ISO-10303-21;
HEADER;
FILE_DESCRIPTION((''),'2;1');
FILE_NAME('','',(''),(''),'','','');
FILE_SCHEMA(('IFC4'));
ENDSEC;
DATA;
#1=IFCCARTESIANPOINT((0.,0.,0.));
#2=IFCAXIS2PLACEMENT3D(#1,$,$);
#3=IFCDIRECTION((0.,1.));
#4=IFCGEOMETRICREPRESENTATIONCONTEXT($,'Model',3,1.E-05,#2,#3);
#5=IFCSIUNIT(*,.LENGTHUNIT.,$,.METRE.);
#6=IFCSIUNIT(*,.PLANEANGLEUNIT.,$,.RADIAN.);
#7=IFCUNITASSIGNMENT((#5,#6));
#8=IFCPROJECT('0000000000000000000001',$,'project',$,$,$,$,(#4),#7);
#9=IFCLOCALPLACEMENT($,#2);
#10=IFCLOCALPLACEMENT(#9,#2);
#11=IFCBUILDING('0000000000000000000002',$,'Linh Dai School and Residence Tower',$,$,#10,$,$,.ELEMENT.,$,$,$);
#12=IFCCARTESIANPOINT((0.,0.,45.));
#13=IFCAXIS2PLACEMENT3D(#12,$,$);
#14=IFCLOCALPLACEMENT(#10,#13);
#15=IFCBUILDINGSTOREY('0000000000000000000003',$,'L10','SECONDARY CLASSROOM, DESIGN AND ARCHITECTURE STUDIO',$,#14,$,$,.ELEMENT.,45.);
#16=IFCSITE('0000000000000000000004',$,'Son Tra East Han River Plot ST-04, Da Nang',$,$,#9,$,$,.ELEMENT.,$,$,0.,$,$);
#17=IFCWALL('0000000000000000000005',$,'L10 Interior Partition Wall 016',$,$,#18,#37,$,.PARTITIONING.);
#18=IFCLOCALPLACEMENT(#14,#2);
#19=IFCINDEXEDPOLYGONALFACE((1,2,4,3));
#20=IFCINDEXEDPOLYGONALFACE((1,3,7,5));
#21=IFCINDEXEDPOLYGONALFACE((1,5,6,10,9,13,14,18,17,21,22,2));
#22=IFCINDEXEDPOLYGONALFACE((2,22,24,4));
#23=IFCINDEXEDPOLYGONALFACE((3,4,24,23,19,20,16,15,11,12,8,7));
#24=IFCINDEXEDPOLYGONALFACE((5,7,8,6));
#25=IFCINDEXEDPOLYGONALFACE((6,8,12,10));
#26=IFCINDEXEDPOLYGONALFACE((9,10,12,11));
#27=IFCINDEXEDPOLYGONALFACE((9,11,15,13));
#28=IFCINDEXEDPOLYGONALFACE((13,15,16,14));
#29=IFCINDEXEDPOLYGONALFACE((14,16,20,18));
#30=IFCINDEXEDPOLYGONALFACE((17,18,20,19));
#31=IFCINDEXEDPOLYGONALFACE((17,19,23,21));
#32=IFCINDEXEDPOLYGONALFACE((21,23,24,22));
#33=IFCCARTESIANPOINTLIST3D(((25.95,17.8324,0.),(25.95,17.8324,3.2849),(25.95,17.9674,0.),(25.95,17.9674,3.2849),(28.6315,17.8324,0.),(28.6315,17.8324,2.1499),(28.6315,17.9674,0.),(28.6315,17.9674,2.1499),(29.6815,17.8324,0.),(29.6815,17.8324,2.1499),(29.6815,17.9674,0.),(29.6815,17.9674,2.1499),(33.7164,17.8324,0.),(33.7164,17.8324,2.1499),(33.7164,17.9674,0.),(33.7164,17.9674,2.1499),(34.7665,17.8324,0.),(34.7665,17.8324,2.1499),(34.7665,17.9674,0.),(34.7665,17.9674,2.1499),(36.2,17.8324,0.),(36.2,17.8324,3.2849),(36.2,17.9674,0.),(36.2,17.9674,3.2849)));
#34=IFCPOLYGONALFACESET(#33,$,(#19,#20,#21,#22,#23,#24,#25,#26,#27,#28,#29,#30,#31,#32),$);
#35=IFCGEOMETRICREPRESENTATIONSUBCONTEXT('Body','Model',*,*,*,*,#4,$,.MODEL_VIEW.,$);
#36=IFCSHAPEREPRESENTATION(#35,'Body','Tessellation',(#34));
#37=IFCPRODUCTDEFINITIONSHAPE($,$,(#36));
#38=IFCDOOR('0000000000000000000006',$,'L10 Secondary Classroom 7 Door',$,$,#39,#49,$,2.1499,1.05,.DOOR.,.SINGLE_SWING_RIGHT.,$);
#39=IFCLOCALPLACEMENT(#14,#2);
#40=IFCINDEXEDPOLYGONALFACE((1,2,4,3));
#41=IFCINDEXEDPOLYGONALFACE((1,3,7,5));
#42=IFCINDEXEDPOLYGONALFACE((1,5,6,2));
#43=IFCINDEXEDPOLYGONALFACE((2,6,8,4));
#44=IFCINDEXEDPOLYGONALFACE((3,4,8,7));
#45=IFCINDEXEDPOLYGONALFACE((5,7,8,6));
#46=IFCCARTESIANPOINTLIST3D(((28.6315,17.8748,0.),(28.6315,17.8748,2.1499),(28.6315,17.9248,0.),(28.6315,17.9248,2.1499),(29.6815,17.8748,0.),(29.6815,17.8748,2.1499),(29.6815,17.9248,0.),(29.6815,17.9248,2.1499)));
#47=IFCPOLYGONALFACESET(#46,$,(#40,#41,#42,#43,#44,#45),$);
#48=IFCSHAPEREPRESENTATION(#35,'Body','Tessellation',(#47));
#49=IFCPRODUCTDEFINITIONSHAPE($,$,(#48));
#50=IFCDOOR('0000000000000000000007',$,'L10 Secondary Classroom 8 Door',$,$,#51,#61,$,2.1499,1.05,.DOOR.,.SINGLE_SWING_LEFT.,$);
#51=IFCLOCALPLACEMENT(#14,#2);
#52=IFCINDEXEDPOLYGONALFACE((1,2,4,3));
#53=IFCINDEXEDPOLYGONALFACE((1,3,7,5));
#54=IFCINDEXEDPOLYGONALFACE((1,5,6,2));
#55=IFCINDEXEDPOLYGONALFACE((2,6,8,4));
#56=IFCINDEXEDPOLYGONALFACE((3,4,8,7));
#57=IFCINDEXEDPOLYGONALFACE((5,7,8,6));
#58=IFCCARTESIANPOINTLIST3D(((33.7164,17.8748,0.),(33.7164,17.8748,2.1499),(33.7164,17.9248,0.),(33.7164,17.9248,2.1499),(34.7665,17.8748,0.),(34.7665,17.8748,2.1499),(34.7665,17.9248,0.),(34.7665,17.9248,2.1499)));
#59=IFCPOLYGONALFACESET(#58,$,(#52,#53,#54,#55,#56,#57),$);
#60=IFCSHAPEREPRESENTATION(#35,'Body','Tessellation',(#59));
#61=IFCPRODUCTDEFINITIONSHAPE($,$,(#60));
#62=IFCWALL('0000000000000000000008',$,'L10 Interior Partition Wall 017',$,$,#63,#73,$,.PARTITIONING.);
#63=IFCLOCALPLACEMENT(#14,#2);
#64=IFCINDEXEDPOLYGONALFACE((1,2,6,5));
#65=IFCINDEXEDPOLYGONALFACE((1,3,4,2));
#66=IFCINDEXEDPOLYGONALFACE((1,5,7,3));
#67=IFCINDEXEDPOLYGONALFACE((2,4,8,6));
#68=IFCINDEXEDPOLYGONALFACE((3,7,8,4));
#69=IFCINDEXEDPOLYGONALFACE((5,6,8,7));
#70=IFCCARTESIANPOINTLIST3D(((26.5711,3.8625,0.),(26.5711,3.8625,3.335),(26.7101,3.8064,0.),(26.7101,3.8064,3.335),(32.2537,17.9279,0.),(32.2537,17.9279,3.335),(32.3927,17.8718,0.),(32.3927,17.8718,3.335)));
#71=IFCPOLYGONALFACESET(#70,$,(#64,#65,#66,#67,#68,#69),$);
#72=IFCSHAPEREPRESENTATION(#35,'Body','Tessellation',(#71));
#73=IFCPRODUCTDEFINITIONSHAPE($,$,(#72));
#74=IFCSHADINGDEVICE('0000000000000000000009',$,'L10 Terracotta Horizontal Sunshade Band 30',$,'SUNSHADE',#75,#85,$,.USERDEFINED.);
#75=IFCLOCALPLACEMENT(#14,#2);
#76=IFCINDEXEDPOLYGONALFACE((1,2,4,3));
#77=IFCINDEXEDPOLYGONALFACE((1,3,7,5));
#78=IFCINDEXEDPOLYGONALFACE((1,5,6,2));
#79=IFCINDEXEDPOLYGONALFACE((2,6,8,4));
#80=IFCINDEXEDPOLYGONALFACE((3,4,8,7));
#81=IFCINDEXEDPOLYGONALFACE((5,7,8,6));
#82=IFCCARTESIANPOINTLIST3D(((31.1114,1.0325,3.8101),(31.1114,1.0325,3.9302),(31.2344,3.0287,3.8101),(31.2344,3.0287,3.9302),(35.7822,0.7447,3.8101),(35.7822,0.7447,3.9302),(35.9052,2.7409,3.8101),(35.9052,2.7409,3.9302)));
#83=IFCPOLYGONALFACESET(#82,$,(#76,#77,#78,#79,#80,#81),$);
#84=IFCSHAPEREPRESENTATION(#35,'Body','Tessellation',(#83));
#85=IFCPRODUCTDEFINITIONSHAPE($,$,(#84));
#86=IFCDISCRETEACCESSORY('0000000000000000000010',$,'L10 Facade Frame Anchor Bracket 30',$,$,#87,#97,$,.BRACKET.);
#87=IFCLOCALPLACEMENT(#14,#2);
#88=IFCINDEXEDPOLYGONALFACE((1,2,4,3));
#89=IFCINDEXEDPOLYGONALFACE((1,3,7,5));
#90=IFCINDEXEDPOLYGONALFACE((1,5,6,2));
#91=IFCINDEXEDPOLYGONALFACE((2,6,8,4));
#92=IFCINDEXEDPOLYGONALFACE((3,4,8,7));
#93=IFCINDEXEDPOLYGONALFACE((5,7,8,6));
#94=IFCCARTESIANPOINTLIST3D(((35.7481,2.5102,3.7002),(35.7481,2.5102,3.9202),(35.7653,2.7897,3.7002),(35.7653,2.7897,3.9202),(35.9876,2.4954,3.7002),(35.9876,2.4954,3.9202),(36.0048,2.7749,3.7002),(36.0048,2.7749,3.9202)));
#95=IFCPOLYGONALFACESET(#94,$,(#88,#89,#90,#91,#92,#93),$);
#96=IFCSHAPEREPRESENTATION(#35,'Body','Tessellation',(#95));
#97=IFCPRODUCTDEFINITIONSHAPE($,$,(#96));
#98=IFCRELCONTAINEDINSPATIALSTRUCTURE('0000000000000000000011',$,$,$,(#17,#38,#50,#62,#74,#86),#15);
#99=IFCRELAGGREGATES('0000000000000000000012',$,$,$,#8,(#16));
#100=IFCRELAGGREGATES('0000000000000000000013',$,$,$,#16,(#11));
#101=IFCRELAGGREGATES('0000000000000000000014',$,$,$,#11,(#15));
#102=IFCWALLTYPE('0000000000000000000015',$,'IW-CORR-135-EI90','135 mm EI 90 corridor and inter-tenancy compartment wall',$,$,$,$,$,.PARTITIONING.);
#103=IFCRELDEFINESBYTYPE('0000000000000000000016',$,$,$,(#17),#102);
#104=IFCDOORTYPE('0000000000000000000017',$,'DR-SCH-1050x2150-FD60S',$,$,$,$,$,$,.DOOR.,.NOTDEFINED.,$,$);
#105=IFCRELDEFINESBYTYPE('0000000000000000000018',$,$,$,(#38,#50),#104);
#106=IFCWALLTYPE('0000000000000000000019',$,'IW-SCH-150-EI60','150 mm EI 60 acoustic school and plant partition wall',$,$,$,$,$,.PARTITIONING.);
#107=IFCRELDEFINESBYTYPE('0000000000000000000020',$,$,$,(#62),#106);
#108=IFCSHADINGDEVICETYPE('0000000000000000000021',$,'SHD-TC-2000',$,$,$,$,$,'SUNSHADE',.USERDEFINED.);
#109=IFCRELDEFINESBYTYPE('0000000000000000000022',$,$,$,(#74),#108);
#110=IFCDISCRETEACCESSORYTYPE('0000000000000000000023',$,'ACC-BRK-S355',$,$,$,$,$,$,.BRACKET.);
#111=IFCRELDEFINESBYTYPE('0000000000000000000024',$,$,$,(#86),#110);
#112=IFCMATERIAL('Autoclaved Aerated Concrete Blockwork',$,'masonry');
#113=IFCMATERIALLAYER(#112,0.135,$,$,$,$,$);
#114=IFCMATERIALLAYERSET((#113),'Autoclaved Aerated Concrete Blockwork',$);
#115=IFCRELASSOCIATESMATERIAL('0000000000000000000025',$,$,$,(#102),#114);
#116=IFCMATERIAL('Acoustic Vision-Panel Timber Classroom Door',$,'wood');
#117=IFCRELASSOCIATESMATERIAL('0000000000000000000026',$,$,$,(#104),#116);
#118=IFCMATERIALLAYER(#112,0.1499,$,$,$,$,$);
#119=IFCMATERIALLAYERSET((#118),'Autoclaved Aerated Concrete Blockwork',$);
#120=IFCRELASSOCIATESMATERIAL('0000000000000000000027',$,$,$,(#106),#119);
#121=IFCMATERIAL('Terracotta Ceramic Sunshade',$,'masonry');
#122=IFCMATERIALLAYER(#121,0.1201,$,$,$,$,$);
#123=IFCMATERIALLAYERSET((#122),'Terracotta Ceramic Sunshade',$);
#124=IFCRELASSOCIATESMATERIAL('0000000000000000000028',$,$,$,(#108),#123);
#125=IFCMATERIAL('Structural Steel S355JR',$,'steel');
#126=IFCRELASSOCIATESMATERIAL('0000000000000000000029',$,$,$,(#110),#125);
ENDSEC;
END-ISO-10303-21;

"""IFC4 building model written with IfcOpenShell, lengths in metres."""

from ifc_helpers import new_model, si_unit, direction, frame, frame_2d, origin, origin_2d, place, context, subcontext, project, spatial, rectangle, extrude, source, transform, mapped, material, layer, layer_set, type_object, element, fill, save


model = new_model("IFC4")

# Units and contexts
model_context = context("Model", 3, precision=1e-05, world=origin(), true_north=direction((0.0, 1.0)))
body_context = subcontext(model_context, "Body", "Model", "MODEL_VIEW")
ifc_project = project(units=[si_unit("LENGTHUNIT", "METRE"), si_unit("PLANEANGLEUNIT", "RADIAN")], contexts=[model_context])

# Site, building, storey
site_placement = place(None, origin())
site = spatial("IfcSite", under=ifc_project, at=site_placement, Name="Son Tra East Han River Plot ST-04, Da Nang", CompositionType="ELEMENT", RefElevation=0.0)
building_placement = place(site_placement, origin())
building = spatial("IfcBuilding", under=site, at=building_placement, Name="Linh Dai School and Residence Tower", CompositionType="ELEMENT")
storey_placement = place(building_placement, frame((0.0, 0.0, 45.0)))
storey = spatial("IfcBuildingStorey", under=building, at=storey_placement, Name="L10", Description="SECONDARY CLASSROOM, DESIGN AND ARCHITECTURE STUDIO", CompositionType="ELEMENT", Elevation=45.0)

# Shared definitions
ifc_material_1 = material(Name="Structural Steel S355JR", Category="steel")

# Wall, openings, doors
ifc_material_2 = material(Name="Autoclaved Aerated Concrete Blockwork", Category="masonry")
ifc_layer_1 = layer(ifc_material_2, 0.135)
ifc_layer_set_1 = layer_set([ifc_layer_1], Name="Autoclaved Aerated Concrete Blockwork")
wall_type_1 = type_object("IfcWallType", Name="IW-CORR-135-EI90", Description="135 mm EI 90 corridor and inter-tenancy compartment wall", PredefinedType="PARTITIONING", material=ifc_layer_set_1)
wall_1_placement = place(storey_placement, frame((25.95, 17.8999, 0.0), z_axis=(0.0, 0.0, 1.0), x_axis=(1.0, 0.0, 0.0)))
wall_1 = element("IfcWall", 1, at=wall_1_placement, inside=storey, type_object=wall_type_1, Name="L10 Interior Partition Wall 016", PredefinedType="PARTITIONING", context=body_context, shape_type="SweptSolid", body=[
    extrude(rectangle(XDim=10.25, YDim=0.135, at=frame_2d((5.125, 0.0))), origin(), (0.0, 0.0, 1.0), 3.2849),
])
opening_1_placement = place(wall_1_placement, frame((2.6816, 0.0, 0.0)))
opening_1 = element("IfcOpeningElement", 2, at=opening_1_placement, cuts=wall_1, PredefinedType="OPENING", context=body_context, shape_type="SweptSolid", body=[
    extrude(rectangle(XDim=1.05, YDim=2.1499, at=origin_2d()), frame((0.5249, 0.0776, 1.075), z_axis=(0.0, -1.0, 0.0), x_axis=(1.0, 0.0, 0.0)), (0.0, 0.0, 1.0), 0.155),
])
opening_2_placement = place(wall_1_placement, frame((7.7666, 0.0, 0.0)))
opening_2 = element("IfcOpeningElement", 3, at=opening_2_placement, cuts=wall_1, PredefinedType="OPENING", context=body_context, shape_type="SweptSolid", body=[
    extrude(rectangle(XDim=1.05, YDim=2.1499, at=origin_2d()), frame((0.5249, 0.0776, 1.075), z_axis=(0.0, -1.0, 0.0), x_axis=(1.0, 0.0, 0.0)), (0.0, 0.0, 1.0), 0.155),
])
ifc_material_3 = material(Name="Acoustic Vision-Panel Timber Classroom Door", Category="wood")
door_type = type_object("IfcDoorType", Name="DR-SCH-1050x2150-FD60S", OperationType="NOTDEFINED", PredefinedType="DOOR", material=ifc_material_3)
shared_shape_1 = source(origin(), body_context, "Body", "SweptSolid", [
    extrude(rectangle(XDim=1.05, YDim=2.1499, at=origin_2d()), frame((0.5249, 0.0249, 1.075), z_axis=(0.0, -1.0, 0.0), x_axis=(1.0, 0.0, 0.0)), (0.0, 0.0, 1.0), 0.05),
])
door_1_placement = place(opening_1_placement, origin())
door_1 = element("IfcDoor", 4, at=door_1_placement, inside=storey, type_object=door_type, Name="L10 Secondary Classroom 7 Door", OperationType="SINGLE_SWING_RIGHT", OverallHeight=2.1499, OverallWidth=1.05, PredefinedType="DOOR", context=body_context, shape_type="MappedRepresentation", body=[
    mapped(shared_shape_1, transform((0.0, 0.0, 0.0), x_axis=(1.0, 0.0, 0.0), y_axis=(0.0, 1.0, 0.0), z_axis=(0.0, 0.0, 1.0), scale=1.0)),
])
fill(opening_1, door_1)
door_2_placement = place(opening_2_placement, origin())
door_2 = element("IfcDoor", 5, at=door_2_placement, inside=storey, type_object=door_type, Name="L10 Secondary Classroom 8 Door", OperationType="SINGLE_SWING_LEFT", OverallHeight=2.1499, OverallWidth=1.05, PredefinedType="DOOR", context=body_context, shape_type="MappedRepresentation", body=[
    mapped(shared_shape_1, transform((0.0, 0.0, 0.0), x_axis=(1.0, 0.0, 0.0), y_axis=(0.0, 1.0, 0.0), z_axis=(0.0, 0.0, 1.0), scale=1.0)),
])
fill(opening_2, door_2)

# Wall
ifc_layer_2 = layer(ifc_material_2, 0.1499)
ifc_layer_set_2 = layer_set([ifc_layer_2], Name="Autoclaved Aerated Concrete Blockwork")
wall_type_2 = type_object("IfcWallType", Name="IW-SCH-150-EI60", Description="150 mm EI 60 acoustic school and plant partition wall", PredefinedType="PARTITIONING", material=ifc_layer_set_2)
wall_2_placement = place(storey_placement, frame((26.6406, 3.8345, 0.0), z_axis=(0.0, 0.0, 1.0), x_axis=(0.374596, 0.927188, 0.0)))
element("IfcWall", 6, at=wall_2_placement, inside=storey, type_object=wall_type_2, Name="L10 Interior Partition Wall 017", PredefinedType="PARTITIONING", context=body_context, shape_type="SweptSolid", body=[
    extrude(rectangle(XDim=15.1699, YDim=0.1499, at=frame_2d((7.585, 0.0))), origin(), (0.0, 0.0, 1.0), 3.335),
])

# Shading device
ifc_material_4 = material(Name="Terracotta Ceramic Sunshade", Category="masonry")
ifc_layer_3 = layer(ifc_material_4, 0.1201)
ifc_layer_set_3 = layer_set([ifc_layer_3], Name="Terracotta Ceramic Sunshade")
shading_device_type = type_object("IfcShadingDeviceType", Name="SHD-TC-2000", ElementType="SUNSHADE", PredefinedType="USERDEFINED", material=ifc_layer_set_3)
shared_shape_2 = source(origin(), body_context, "Body", "SweptSolid", [
    extrude(rectangle(XDim=4.6797, YDim=2.0, at=origin_2d()), origin(), (0.0, 0.0, 1.0), 0.1201),
])
shading_device_placement = place(storey_placement, frame((33.5083, 1.8867, 3.8101), z_axis=(0.0, 0.0, 1.0), x_axis=(-0.998107, 0.061507, 0.0)))
element("IfcShadingDevice", 7, at=shading_device_placement, inside=storey, type_object=shading_device_type, Name="L10 Terracotta Horizontal Sunshade Band 30", ObjectType="SUNSHADE", PredefinedType="USERDEFINED", context=body_context, shape_type="MappedRepresentation", body=[
    mapped(shared_shape_2, transform((0.0, 0.0, 0.0), x_axis=(1.0, 0.0, 0.0), y_axis=(0.0, 1.0, 0.0), z_axis=(0.0, 0.0, 1.0), scale=1.0)),
])

# Discrete accessory
discrete_accessory_type = type_object("IfcDiscreteAccessoryType", Name="ACC-BRK-S355", PredefinedType="BRACKET", material=ifc_material_1)
shared_shape_3 = source(origin(), body_context, "Body", "SweptSolid", [
    extrude(rectangle(XDim=0.28, YDim=0.24, at=origin_2d()), origin(), (0.0, 0.0, 1.0), 0.22),
])
discrete_accessory_placement = place(storey_placement, frame((35.8765, 2.6426, 3.7002), z_axis=(0.0, 0.0, 1.0), x_axis=(-0.061507, -0.998107, 0.0)))
element("IfcDiscreteAccessory", 8, at=discrete_accessory_placement, inside=storey, type_object=discrete_accessory_type, Name="L10 Facade Frame Anchor Bracket 30", PredefinedType="BRACKET", context=body_context, shape_type="MappedRepresentation", body=[
    mapped(shared_shape_3, transform((0.0, 0.0, 0.0), x_axis=(1.0, 0.0, 0.0), y_axis=(0.0, 1.0, 0.0), z_axis=(0.0, 0.0, 1.0), scale=1.0)),
])

save(model, "model.ifc")
